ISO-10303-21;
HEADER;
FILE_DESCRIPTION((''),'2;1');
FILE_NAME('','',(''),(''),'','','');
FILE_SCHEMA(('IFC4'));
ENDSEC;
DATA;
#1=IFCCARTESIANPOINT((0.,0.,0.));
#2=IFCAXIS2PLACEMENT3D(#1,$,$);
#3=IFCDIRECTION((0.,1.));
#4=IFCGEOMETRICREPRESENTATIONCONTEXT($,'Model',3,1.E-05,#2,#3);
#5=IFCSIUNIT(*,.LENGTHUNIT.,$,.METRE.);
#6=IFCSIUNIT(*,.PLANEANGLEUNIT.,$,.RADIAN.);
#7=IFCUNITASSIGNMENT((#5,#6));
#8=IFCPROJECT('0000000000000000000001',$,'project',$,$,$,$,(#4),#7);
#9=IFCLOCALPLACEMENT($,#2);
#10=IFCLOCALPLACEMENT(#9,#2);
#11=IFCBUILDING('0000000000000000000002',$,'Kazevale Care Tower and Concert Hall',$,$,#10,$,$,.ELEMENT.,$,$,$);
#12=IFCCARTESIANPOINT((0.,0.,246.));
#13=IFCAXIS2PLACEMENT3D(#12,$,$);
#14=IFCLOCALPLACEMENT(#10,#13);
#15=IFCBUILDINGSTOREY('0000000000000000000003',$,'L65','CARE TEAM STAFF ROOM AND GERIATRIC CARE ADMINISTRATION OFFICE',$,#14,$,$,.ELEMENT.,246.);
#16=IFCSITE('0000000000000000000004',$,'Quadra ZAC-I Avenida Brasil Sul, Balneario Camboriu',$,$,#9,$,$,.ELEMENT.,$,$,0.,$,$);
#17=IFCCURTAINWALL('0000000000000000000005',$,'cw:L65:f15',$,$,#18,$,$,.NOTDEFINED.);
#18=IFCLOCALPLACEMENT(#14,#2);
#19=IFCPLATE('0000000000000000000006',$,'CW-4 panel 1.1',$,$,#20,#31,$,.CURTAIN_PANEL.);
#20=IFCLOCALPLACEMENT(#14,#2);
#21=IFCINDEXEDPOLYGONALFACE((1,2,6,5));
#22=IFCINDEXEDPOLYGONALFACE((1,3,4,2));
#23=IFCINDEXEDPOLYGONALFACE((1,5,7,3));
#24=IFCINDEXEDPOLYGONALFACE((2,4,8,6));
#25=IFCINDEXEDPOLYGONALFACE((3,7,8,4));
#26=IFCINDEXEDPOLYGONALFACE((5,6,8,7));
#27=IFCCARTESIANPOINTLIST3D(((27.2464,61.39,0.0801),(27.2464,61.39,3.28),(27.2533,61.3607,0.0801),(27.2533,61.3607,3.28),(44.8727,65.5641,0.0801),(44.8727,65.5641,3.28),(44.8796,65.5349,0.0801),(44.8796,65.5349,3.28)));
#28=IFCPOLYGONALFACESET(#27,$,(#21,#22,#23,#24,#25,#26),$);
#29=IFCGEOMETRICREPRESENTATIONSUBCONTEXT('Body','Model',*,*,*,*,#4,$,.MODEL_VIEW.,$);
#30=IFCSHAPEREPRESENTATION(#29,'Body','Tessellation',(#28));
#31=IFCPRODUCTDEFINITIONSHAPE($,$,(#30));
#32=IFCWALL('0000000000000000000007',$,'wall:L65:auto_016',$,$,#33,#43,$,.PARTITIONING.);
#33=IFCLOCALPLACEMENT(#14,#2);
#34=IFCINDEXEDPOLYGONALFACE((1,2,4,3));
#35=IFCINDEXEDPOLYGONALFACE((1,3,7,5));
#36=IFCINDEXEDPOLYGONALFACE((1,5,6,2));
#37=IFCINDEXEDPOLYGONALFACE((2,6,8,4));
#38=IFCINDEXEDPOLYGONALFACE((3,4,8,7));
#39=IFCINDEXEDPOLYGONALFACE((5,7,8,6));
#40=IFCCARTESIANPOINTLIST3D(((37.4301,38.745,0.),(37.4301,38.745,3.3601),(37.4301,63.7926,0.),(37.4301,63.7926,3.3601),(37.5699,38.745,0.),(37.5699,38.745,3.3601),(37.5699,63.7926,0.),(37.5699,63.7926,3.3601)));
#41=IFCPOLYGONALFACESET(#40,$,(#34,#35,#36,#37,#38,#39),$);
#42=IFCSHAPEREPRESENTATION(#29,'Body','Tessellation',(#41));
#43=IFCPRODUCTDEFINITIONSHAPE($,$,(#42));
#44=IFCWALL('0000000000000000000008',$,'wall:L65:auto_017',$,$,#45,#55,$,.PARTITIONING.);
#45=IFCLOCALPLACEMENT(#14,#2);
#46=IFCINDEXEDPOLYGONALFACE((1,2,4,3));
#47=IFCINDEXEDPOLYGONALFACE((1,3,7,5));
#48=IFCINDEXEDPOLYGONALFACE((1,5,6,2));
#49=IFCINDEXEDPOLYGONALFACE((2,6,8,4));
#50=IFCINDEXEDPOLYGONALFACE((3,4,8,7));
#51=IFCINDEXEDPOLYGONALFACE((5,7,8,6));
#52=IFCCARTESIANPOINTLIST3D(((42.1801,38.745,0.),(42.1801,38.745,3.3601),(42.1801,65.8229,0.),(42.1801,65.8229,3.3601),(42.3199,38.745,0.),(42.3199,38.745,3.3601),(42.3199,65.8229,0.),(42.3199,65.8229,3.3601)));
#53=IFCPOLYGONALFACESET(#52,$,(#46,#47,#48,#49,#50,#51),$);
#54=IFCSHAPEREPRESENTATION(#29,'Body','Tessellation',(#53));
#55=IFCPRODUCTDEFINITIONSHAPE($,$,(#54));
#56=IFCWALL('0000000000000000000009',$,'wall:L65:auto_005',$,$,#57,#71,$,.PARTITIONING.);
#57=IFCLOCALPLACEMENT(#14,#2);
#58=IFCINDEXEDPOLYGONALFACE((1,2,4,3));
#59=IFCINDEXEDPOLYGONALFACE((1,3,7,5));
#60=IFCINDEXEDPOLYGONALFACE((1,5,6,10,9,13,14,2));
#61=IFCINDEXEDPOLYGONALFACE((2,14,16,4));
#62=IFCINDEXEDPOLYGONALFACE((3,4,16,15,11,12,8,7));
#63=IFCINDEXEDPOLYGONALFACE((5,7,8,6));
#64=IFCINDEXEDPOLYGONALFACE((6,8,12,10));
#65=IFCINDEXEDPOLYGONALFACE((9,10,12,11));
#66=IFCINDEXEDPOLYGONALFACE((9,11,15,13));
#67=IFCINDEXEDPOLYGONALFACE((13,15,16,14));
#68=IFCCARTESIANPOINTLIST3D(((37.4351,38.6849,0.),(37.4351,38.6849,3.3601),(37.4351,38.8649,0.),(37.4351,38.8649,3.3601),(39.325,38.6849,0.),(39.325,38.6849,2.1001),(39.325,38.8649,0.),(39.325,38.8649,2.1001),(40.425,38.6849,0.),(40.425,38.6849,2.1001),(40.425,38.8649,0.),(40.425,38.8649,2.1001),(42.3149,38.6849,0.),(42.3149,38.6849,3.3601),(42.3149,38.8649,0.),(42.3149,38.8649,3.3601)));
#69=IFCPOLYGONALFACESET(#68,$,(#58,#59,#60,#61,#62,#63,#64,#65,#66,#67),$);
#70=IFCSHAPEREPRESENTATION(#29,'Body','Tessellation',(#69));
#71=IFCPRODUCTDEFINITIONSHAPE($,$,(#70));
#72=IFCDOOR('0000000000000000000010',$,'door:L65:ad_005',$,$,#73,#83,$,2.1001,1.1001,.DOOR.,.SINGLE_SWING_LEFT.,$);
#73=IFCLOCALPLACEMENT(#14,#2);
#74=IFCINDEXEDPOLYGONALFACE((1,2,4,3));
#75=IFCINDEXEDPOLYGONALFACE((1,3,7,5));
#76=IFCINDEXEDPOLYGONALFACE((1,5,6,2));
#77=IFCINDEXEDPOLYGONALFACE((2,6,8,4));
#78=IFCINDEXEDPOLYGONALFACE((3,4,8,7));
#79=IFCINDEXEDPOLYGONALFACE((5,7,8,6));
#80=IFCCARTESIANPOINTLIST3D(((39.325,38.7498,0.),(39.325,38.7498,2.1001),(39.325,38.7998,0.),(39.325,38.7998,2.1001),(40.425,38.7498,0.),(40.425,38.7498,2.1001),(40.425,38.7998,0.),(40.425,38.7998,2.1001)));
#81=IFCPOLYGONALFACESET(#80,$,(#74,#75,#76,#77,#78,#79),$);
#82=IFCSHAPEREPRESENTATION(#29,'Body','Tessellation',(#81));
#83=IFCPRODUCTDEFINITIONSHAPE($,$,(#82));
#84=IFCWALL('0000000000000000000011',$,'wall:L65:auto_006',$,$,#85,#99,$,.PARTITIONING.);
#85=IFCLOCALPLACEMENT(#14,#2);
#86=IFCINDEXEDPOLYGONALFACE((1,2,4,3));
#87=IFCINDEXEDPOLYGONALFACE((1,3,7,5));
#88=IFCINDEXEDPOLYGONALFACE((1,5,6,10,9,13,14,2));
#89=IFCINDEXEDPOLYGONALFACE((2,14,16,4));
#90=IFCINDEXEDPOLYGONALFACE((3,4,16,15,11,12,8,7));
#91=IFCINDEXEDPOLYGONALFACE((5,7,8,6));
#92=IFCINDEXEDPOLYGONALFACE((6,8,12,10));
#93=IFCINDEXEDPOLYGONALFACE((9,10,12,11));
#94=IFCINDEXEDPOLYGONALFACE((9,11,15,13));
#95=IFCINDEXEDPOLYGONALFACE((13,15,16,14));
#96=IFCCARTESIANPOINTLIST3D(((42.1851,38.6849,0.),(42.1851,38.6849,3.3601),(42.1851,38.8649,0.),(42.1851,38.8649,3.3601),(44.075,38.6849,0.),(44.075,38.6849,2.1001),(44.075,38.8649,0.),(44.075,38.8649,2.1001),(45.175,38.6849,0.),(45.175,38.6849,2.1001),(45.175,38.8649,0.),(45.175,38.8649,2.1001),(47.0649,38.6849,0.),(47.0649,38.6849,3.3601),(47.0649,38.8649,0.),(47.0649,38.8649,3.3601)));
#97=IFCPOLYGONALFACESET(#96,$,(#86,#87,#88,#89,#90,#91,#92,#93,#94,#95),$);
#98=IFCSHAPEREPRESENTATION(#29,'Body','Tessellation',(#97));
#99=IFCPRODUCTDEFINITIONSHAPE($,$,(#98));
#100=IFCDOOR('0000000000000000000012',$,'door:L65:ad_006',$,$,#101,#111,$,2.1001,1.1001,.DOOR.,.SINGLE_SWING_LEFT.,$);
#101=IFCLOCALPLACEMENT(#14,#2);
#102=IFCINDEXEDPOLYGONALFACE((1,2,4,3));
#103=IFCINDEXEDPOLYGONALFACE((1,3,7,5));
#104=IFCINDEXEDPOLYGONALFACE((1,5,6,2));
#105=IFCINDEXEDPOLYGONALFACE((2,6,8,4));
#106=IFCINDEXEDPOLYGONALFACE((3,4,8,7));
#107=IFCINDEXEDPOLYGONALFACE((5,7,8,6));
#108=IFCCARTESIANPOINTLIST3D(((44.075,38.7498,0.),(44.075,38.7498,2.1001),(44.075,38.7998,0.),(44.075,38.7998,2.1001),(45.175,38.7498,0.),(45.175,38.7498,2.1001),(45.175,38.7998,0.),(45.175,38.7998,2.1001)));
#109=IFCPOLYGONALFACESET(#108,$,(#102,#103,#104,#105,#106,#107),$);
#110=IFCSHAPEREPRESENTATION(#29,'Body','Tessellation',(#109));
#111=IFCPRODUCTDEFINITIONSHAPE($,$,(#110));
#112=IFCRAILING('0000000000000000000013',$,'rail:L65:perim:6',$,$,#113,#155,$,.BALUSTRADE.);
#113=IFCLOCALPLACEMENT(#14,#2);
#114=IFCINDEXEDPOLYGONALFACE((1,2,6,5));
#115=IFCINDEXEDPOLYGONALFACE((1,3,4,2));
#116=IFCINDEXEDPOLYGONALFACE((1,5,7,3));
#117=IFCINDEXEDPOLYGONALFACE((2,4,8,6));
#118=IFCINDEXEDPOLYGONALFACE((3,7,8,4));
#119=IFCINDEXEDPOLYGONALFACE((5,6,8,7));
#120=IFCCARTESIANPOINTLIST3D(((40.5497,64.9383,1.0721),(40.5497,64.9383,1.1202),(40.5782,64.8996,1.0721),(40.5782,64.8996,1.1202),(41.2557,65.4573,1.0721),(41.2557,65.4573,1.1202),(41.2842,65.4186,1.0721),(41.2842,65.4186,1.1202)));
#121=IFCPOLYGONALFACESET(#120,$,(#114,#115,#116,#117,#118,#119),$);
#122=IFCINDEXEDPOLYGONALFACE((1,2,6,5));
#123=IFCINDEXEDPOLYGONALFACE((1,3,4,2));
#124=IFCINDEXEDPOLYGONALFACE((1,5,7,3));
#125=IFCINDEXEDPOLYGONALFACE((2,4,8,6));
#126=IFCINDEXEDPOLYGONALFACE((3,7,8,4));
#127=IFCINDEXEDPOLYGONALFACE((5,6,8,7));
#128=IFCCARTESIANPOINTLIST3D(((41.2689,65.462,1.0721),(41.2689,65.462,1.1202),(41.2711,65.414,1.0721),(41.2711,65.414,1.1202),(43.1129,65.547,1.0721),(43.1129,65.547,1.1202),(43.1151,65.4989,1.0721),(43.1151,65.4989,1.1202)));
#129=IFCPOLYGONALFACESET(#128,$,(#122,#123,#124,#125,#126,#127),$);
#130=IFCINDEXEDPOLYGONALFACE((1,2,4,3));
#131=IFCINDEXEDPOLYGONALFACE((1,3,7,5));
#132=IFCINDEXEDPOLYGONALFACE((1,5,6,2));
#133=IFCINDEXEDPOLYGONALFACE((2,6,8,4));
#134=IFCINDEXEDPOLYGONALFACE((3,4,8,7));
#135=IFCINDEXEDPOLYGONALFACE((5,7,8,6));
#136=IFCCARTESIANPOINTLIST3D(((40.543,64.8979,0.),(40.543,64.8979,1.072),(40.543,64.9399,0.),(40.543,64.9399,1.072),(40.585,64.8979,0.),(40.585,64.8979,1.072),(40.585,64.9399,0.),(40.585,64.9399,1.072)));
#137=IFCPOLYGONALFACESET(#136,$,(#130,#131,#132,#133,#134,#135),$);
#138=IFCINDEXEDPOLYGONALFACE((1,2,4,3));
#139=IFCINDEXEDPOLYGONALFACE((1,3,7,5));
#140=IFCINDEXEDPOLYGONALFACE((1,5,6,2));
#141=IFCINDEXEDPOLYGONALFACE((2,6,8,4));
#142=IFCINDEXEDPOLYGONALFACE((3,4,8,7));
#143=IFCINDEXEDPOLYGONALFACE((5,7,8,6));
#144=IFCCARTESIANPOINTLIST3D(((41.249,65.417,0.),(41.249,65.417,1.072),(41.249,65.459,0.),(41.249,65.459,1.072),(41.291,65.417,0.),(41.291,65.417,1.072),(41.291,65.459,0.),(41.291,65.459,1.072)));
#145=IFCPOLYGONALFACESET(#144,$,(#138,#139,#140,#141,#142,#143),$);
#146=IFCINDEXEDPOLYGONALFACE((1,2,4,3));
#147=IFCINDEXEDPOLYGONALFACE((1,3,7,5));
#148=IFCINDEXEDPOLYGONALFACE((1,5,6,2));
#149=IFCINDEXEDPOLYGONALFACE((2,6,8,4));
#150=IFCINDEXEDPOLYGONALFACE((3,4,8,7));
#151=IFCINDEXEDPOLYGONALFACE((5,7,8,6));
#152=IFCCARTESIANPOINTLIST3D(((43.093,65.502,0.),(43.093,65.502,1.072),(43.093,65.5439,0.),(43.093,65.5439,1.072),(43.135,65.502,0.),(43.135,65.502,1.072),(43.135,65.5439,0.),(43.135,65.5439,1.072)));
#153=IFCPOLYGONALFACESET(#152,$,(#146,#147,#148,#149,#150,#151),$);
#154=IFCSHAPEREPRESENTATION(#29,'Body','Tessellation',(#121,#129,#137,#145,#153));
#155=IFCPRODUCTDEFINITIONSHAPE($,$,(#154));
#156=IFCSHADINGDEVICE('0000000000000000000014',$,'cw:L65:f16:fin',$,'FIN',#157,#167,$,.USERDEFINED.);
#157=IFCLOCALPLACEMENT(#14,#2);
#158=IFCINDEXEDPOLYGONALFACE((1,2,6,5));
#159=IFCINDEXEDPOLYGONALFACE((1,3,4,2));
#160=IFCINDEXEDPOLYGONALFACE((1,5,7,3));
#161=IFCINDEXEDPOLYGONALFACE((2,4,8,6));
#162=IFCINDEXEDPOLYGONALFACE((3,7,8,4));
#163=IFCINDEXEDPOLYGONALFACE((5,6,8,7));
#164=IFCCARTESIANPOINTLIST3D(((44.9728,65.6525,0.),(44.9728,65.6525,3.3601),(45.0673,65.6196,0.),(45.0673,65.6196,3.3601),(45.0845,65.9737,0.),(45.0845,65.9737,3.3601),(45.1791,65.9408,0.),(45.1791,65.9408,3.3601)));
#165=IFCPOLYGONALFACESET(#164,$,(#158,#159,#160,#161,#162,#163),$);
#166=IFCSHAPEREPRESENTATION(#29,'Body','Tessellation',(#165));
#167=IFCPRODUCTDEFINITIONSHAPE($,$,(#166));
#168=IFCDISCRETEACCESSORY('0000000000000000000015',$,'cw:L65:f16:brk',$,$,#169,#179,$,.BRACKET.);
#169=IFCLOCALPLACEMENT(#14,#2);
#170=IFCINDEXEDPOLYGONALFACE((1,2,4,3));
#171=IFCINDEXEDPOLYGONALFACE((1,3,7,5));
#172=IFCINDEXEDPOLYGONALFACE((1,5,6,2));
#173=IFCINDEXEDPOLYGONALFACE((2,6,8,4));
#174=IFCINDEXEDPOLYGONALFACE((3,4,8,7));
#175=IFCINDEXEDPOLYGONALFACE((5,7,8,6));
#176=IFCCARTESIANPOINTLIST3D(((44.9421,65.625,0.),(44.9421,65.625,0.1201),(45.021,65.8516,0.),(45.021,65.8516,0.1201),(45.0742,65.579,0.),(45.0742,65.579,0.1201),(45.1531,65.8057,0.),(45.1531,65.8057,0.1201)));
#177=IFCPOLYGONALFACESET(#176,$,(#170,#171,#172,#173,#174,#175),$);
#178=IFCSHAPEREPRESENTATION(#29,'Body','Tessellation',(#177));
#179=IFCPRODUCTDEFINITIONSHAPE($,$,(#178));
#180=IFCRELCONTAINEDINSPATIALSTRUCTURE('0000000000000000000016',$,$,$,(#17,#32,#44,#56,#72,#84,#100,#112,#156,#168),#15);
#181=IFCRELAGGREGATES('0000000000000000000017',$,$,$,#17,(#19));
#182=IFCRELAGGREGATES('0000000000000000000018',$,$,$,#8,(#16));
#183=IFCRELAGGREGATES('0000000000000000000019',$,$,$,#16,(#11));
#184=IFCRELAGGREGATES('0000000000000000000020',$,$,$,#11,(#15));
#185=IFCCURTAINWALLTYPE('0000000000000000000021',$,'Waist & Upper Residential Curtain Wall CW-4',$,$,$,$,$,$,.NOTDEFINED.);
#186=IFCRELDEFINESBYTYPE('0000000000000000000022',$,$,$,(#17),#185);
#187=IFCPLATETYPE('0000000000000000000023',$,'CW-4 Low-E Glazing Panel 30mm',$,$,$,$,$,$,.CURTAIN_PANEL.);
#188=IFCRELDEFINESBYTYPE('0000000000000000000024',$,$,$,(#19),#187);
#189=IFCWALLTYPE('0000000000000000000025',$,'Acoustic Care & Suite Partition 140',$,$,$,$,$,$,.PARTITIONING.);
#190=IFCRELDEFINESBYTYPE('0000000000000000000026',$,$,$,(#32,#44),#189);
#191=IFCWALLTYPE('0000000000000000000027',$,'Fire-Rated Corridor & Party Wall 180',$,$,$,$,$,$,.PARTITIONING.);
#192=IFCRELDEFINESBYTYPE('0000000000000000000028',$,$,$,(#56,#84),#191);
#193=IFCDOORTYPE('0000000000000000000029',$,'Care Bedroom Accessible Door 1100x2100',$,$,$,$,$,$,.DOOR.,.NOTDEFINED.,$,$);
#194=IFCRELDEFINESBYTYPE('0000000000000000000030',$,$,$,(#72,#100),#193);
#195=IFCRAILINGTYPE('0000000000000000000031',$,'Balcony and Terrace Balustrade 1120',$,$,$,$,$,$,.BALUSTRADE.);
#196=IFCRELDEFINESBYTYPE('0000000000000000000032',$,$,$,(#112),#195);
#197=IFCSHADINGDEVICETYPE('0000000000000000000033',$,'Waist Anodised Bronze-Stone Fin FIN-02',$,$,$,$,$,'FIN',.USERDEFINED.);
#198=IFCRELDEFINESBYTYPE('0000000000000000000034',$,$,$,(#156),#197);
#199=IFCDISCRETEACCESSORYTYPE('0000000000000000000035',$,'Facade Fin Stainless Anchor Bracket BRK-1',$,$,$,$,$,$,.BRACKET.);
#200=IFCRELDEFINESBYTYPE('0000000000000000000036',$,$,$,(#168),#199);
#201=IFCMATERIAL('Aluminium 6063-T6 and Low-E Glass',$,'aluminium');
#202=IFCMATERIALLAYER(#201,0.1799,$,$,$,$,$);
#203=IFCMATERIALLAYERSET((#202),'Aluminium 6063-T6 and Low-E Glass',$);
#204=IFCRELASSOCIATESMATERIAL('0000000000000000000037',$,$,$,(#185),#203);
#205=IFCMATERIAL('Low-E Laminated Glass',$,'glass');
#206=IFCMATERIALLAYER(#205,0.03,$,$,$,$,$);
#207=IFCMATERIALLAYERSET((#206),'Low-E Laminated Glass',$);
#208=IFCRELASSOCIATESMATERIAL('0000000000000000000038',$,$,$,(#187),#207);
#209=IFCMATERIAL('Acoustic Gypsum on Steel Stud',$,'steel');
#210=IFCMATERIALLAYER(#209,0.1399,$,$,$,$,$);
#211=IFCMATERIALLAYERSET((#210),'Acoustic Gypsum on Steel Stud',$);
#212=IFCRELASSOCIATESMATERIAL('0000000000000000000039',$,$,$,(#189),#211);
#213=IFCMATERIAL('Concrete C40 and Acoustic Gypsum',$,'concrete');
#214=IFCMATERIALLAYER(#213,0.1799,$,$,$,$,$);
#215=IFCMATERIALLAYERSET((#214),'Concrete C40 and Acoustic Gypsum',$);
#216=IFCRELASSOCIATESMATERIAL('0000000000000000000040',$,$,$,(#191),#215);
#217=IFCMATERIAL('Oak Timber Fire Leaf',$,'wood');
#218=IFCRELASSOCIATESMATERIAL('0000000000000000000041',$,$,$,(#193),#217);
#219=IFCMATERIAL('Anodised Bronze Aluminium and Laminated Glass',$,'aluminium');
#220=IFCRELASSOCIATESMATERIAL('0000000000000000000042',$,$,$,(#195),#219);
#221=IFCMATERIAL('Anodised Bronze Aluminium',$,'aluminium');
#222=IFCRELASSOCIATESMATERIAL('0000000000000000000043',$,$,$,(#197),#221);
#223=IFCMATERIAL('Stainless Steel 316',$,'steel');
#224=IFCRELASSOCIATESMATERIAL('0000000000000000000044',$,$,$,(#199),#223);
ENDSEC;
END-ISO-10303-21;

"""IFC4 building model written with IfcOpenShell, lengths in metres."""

from ifc_helpers import new_model, si_unit, direction, frame, frame_2d, origin, origin_2d, place, context, subcontext, project, spatial, rectangle, extrude, material, layer, layer_set, type_object, element, fill, aggregate, save


model = new_model("IFC4")

# Units and contexts
model_context = context("Model", 3, precision=1e-05, world=origin(), true_north=direction((0.0, 1.0)))
body_context = subcontext(model_context, "Body", "Model", "MODEL_VIEW")
ifc_project = project(units=[si_unit("LENGTHUNIT", "METRE"), si_unit("PLANEANGLEUNIT", "RADIAN")], contexts=[model_context])

# Site, building, storey
site_placement = place(None, origin())
site = spatial("IfcSite", under=ifc_project, at=site_placement, Name="Quadra ZAC-I Avenida Brasil Sul, Balneario Camboriu", CompositionType="ELEMENT", RefElevation=0.0)
building_placement = place(site_placement, origin())
building = spatial("IfcBuilding", under=site, at=building_placement, Name="Kazevale Care Tower and Concert Hall", CompositionType="ELEMENT")
storey_placement = place(building_placement, frame((0.0, 0.0, 246.0)))
storey = spatial("IfcBuildingStorey", under=building, at=storey_placement, Name="L65", Description="CARE TEAM STAFF ROOM AND GERIATRIC CARE ADMINISTRATION OFFICE", CompositionType="ELEMENT", Elevation=246.0)

# Shared definitions
ifc_material_1 = material(Name="Aluminium 6063-T6 and Low-E Glass", Category="aluminium")

# Curtain wall
ifc_layer_1 = layer(ifc_material_1, 0.1799)
ifc_layer_set_1 = layer_set([ifc_layer_1], Name="Aluminium 6063-T6 and Low-E Glass")
curtain_wall_type_1 = type_object("IfcCurtainWallType", Name="Waist & Upper Residential Curtain Wall CW-4", PredefinedType="NOTDEFINED", material=ifc_layer_set_1)
curtain_wall_1_placement = place(storey_placement, origin())
curtain_wall_1 = element("IfcCurtainWall", 1, at=curtain_wall_1_placement, inside=storey, type_object=curtain_wall_type_1, Name="cw:L65:f15", PredefinedType="NOTDEFINED")

# Plate
ifc_material_2 = material(Name="Low-E Laminated Glass", Category="glass")
ifc_layer_2 = layer(ifc_material_2, 0.03)
ifc_layer_set_2 = layer_set([ifc_layer_2], Name="Low-E Laminated Glass")
plate_type = type_object("IfcPlateType", Name="CW-4 Low-E Glazing Panel 30mm", PredefinedType="CURTAIN_PANEL", material=ifc_layer_set_2)
plate_placement = place(storey_placement, frame((36.063, 63.4624, 0.0801), z_axis=(0.0, 0.0, 1.0), x_axis=(0.973087, 0.230439, 0.0)))
plate = element("IfcPlate", 2, at=plate_placement, type_object=plate_type, Name="CW-4 panel 1.1", PredefinedType="CURTAIN_PANEL", context=body_context, shape_type="SweptSolid", body=[
    extrude(rectangle(XDim=18.1138, YDim=0.03, at=origin_2d()), origin(), (0.0, 0.0, 1.0), 3.2),
])
aggregate(curtain_wall_1, [plate])

# Walls
ifc_material_3 = material(Name="Acoustic Gypsum on Steel Stud", Category="steel")
ifc_layer_3 = layer(ifc_material_3, 0.1399)
ifc_layer_set_3 = layer_set([ifc_layer_3], Name="Acoustic Gypsum on Steel Stud")
wall_type_1 = type_object("IfcWallType", Name="Acoustic Care & Suite Partition 140", PredefinedType="PARTITIONING", material=ifc_layer_set_3)
wall_1_placement = place(storey_placement, frame((37.5, 63.7927, 0.0), z_axis=(0.0, 0.0, 1.0), x_axis=(0.0, -1.0, 0.0)))
element("IfcWall", 3, at=wall_1_placement, inside=storey, type_object=wall_type_1, Name="wall:L65:auto_016", PredefinedType="PARTITIONING", context=body_context, shape_type="SweptSolid", body=[
    extrude(rectangle(XDim=25.0476, YDim=0.1399, at=frame_2d((12.5239, 0.0))), origin(), (0.0, 0.0, 1.0), 3.3601),
])
wall_2_placement = place(storey_placement, frame((42.25, 65.823, 0.0), z_axis=(0.0, 0.0, 1.0), x_axis=(0.0, -1.0, 0.0)))
element("IfcWall", 4, at=wall_2_placement, inside=storey, type_object=wall_type_1, Name="wall:L65:auto_017", PredefinedType="PARTITIONING", context=body_context, shape_type="SweptSolid", body=[
    extrude(rectangle(XDim=27.0779, YDim=0.1399, at=frame_2d((13.5391, 0.0))), origin(), (0.0, 0.0, 1.0), 3.3601),
])

# Walls, openings, doors
ifc_material_4 = material(Name="Concrete C40 and Acoustic Gypsum", Category="concrete")
ifc_layer_4 = layer(ifc_material_4, 0.1799)
ifc_layer_set_4 = layer_set([ifc_layer_4], Name="Concrete C40 and Acoustic Gypsum")
wall_type_2 = type_object("IfcWallType", Name="Fire-Rated Corridor & Party Wall 180", PredefinedType="PARTITIONING", material=ifc_layer_set_4)
wall_3_placement = place(storey_placement, frame((37.4351, 38.7749, 0.0), z_axis=(0.0, 0.0, 1.0), x_axis=(1.0, 0.0, 0.0)))
wall_3 = element("IfcWall", 5, at=wall_3_placement, inside=storey, type_object=wall_type_2, Name="wall:L65:auto_005", PredefinedType="PARTITIONING", context=body_context, shape_type="SweptSolid", body=[
    extrude(rectangle(XDim=4.8799, YDim=0.1799, at=frame_2d((2.4399, 0.0))), origin(), (0.0, 0.0, 1.0), 3.3601),
])
opening_1_placement = place(wall_3_placement, frame((1.8899, 0.0, 0.0)))
opening_1 = element("IfcOpeningElement", 6, at=opening_1_placement, cuts=wall_3, PredefinedType="OPENING", context=body_context, shape_type="SweptSolid", body=[
    extrude(rectangle(XDim=1.1001, YDim=2.1001, at=frame_2d((0.55, 1.05))), frame((0.0, 0.0999, 0.0), z_axis=(0.0, -1.0, 0.0), x_axis=(1.0, 0.0, 0.0)), (0.0, 0.0, 1.0), 0.2),
])
ifc_material_5 = material(Name="Oak Timber Fire Leaf", Category="wood")
door_type = type_object("IfcDoorType", Name="Care Bedroom Accessible Door 1100x2100", OperationType="NOTDEFINED", PredefinedType="DOOR", material=ifc_material_5)
door_1_placement = place(opening_1_placement, origin())
door_1 = element("IfcDoor", 7, at=door_1_placement, inside=storey, type_object=door_type, Name="door:L65:ad_005", OperationType="SINGLE_SWING_LEFT", OverallHeight=2.1001, OverallWidth=1.1001, PredefinedType="DOOR", context=body_context, shape_type="SweptSolid", body=[
    extrude(rectangle(XDim=1.1001, YDim=2.1001, at=frame_2d((0.55, 1.05))), frame((0.0, 0.0249, 0.0), z_axis=(0.0, -1.0, 0.0), x_axis=(1.0, 0.0, 0.0)), (0.0, 0.0, 1.0), 0.05),
])
fill(opening_1, door_1)
wall_4_placement = place(storey_placement, frame((42.1851, 38.7749, 0.0), z_axis=(0.0, 0.0, 1.0), x_axis=(1.0, 0.0, 0.0)))
wall_4 = element("IfcWall", 8, at=wall_4_placement, inside=storey, type_object=wall_type_2, Name="wall:L65:auto_006", PredefinedType="PARTITIONING", context=body_context, shape_type="SweptSolid", body=[
    extrude(rectangle(XDim=4.8799, YDim=0.1799, at=frame_2d((2.4399, 0.0))), origin(), (0.0, 0.0, 1.0), 3.3601),
])
opening_2_placement = place(wall_4_placement, frame((1.8899, 0.0, 0.0)))
opening_2 = element("IfcOpeningElement", 9, at=opening_2_placement, cuts=wall_4, PredefinedType="OPENING", context=body_context, shape_type="SweptSolid", body=[
    extrude(rectangle(XDim=1.1001, YDim=2.1001, at=frame_2d((0.55, 1.05))), frame((0.0, 0.0999, 0.0), z_axis=(0.0, -1.0, 0.0), x_axis=(1.0, 0.0, 0.0)), (0.0, 0.0, 1.0), 0.2),
])
door_2_placement = place(opening_2_placement, origin())
door_2 = element("IfcDoor", 10, at=door_2_placement, inside=storey, type_object=door_type, Name="door:L65:ad_006", OperationType="SINGLE_SWING_LEFT", OverallHeight=2.1001, OverallWidth=1.1001, PredefinedType="DOOR", context=body_context, shape_type="SweptSolid", body=[
    extrude(rectangle(XDim=1.1001, YDim=2.1001, at=frame_2d((0.55, 1.05))), frame((0.0, 0.0249, 0.0), z_axis=(0.0, -1.0, 0.0), x_axis=(1.0, 0.0, 0.0)), (0.0, 0.0, 1.0), 0.05),
])
fill(opening_2, door_2)

# Railing
ifc_material_6 = material(Name="Anodised Bronze Aluminium and Laminated Glass", Category="aluminium")
railing_type = type_object("IfcRailingType", Name="Balcony and Terrace Balustrade 1120", PredefinedType="BALUSTRADE", material=ifc_material_6)
railing_placement = place(storey_placement, frame((40.564, 64.9189, 0.0)))
element("IfcRailing", 11, at=railing_placement, inside=storey, type_object=railing_type, Name="rail:L65:perim:6", PredefinedType="BALUSTRADE", context=body_context, shape_type="SweptSolid", body=[
    extrude(rectangle(XDim=0.0481, YDim=0.0481, at=origin_2d()), frame((0.0, 0.0, 1.0962), z_axis=(0.805714, 0.592305, 0.0), x_axis=(-0.592305, 0.805714, 0.0)), (0.0, 0.0, 1.0), 0.8762),
    extrude(rectangle(XDim=0.0481, YDim=0.0481, at=origin_2d()), frame((0.7061, 0.519, 1.0962), z_axis=(0.99894, 0.046026, 0.0), x_axis=(-0.046026, 0.99894, 0.0)), (0.0, 0.0, 1.0), 1.8459),
    extrude(rectangle(XDim=0.042, YDim=0.042, at=origin_2d()), origin(), (0.0, 0.0, 1.0), 1.072),
    extrude(rectangle(XDim=0.042, YDim=0.042, at=origin_2d()), frame((0.7061, 0.519, 0.0)), (0.0, 0.0, 1.0), 1.072),
    extrude(rectangle(XDim=0.042, YDim=0.042, at=origin_2d()), frame((2.55, 0.604, 0.0)), (0.0, 0.0, 1.0), 1.072),
])

# Shading device
ifc_material_7 = material(Name="Anodised Bronze Aluminium", Category="aluminium")
shading_device_type = type_object("IfcShadingDeviceType", Name="Waist Anodised Bronze-Stone Fin FIN-02", ElementType="FIN", PredefinedType="USERDEFINED", material=ifc_material_7)
shading_device_placement = place(storey_placement, frame((45.0759, 65.7966, 0.0), z_axis=(0.0, 0.0, 1.0), x_axis=(0.328537, 0.944491, 0.0)))
element("IfcShadingDevice", 12, at=shading_device_placement, inside=storey, type_object=shading_device_type, Name="cw:L65:f16:fin", ObjectType="FIN", PredefinedType="USERDEFINED", context=body_context, shape_type="SweptSolid", body=[
    extrude(rectangle(XDim=0.3401, YDim=0.1001, at=origin_2d()), origin(), (0.0, 0.0, 1.0), 3.3601),
])

# Discrete accessory
ifc_material_8 = material(Name="Stainless Steel 316", Category="steel")
discrete_accessory_type = type_object("IfcDiscreteAccessoryType", Name="Facade Fin Stainless Anchor Bracket BRK-1", PredefinedType="BRACKET", material=ifc_material_8)
discrete_accessory_placement = place(storey_placement, frame((45.0476, 65.7153, 0.0), z_axis=(0.0, 0.0, 1.0), x_axis=(0.328537, 0.944491, 0.0)))
element("IfcDiscreteAccessory", 13, at=discrete_accessory_placement, inside=storey, type_object=discrete_accessory_type, Name="cw:L65:f16:brk", PredefinedType="BRACKET", context=body_context, shape_type="SweptSolid", body=[
    extrude(rectangle(XDim=0.24, YDim=0.1399, at=origin_2d()), origin(), (0.0, 0.0, 1.0), 0.1201),
])

save(model, "model.ifc")
